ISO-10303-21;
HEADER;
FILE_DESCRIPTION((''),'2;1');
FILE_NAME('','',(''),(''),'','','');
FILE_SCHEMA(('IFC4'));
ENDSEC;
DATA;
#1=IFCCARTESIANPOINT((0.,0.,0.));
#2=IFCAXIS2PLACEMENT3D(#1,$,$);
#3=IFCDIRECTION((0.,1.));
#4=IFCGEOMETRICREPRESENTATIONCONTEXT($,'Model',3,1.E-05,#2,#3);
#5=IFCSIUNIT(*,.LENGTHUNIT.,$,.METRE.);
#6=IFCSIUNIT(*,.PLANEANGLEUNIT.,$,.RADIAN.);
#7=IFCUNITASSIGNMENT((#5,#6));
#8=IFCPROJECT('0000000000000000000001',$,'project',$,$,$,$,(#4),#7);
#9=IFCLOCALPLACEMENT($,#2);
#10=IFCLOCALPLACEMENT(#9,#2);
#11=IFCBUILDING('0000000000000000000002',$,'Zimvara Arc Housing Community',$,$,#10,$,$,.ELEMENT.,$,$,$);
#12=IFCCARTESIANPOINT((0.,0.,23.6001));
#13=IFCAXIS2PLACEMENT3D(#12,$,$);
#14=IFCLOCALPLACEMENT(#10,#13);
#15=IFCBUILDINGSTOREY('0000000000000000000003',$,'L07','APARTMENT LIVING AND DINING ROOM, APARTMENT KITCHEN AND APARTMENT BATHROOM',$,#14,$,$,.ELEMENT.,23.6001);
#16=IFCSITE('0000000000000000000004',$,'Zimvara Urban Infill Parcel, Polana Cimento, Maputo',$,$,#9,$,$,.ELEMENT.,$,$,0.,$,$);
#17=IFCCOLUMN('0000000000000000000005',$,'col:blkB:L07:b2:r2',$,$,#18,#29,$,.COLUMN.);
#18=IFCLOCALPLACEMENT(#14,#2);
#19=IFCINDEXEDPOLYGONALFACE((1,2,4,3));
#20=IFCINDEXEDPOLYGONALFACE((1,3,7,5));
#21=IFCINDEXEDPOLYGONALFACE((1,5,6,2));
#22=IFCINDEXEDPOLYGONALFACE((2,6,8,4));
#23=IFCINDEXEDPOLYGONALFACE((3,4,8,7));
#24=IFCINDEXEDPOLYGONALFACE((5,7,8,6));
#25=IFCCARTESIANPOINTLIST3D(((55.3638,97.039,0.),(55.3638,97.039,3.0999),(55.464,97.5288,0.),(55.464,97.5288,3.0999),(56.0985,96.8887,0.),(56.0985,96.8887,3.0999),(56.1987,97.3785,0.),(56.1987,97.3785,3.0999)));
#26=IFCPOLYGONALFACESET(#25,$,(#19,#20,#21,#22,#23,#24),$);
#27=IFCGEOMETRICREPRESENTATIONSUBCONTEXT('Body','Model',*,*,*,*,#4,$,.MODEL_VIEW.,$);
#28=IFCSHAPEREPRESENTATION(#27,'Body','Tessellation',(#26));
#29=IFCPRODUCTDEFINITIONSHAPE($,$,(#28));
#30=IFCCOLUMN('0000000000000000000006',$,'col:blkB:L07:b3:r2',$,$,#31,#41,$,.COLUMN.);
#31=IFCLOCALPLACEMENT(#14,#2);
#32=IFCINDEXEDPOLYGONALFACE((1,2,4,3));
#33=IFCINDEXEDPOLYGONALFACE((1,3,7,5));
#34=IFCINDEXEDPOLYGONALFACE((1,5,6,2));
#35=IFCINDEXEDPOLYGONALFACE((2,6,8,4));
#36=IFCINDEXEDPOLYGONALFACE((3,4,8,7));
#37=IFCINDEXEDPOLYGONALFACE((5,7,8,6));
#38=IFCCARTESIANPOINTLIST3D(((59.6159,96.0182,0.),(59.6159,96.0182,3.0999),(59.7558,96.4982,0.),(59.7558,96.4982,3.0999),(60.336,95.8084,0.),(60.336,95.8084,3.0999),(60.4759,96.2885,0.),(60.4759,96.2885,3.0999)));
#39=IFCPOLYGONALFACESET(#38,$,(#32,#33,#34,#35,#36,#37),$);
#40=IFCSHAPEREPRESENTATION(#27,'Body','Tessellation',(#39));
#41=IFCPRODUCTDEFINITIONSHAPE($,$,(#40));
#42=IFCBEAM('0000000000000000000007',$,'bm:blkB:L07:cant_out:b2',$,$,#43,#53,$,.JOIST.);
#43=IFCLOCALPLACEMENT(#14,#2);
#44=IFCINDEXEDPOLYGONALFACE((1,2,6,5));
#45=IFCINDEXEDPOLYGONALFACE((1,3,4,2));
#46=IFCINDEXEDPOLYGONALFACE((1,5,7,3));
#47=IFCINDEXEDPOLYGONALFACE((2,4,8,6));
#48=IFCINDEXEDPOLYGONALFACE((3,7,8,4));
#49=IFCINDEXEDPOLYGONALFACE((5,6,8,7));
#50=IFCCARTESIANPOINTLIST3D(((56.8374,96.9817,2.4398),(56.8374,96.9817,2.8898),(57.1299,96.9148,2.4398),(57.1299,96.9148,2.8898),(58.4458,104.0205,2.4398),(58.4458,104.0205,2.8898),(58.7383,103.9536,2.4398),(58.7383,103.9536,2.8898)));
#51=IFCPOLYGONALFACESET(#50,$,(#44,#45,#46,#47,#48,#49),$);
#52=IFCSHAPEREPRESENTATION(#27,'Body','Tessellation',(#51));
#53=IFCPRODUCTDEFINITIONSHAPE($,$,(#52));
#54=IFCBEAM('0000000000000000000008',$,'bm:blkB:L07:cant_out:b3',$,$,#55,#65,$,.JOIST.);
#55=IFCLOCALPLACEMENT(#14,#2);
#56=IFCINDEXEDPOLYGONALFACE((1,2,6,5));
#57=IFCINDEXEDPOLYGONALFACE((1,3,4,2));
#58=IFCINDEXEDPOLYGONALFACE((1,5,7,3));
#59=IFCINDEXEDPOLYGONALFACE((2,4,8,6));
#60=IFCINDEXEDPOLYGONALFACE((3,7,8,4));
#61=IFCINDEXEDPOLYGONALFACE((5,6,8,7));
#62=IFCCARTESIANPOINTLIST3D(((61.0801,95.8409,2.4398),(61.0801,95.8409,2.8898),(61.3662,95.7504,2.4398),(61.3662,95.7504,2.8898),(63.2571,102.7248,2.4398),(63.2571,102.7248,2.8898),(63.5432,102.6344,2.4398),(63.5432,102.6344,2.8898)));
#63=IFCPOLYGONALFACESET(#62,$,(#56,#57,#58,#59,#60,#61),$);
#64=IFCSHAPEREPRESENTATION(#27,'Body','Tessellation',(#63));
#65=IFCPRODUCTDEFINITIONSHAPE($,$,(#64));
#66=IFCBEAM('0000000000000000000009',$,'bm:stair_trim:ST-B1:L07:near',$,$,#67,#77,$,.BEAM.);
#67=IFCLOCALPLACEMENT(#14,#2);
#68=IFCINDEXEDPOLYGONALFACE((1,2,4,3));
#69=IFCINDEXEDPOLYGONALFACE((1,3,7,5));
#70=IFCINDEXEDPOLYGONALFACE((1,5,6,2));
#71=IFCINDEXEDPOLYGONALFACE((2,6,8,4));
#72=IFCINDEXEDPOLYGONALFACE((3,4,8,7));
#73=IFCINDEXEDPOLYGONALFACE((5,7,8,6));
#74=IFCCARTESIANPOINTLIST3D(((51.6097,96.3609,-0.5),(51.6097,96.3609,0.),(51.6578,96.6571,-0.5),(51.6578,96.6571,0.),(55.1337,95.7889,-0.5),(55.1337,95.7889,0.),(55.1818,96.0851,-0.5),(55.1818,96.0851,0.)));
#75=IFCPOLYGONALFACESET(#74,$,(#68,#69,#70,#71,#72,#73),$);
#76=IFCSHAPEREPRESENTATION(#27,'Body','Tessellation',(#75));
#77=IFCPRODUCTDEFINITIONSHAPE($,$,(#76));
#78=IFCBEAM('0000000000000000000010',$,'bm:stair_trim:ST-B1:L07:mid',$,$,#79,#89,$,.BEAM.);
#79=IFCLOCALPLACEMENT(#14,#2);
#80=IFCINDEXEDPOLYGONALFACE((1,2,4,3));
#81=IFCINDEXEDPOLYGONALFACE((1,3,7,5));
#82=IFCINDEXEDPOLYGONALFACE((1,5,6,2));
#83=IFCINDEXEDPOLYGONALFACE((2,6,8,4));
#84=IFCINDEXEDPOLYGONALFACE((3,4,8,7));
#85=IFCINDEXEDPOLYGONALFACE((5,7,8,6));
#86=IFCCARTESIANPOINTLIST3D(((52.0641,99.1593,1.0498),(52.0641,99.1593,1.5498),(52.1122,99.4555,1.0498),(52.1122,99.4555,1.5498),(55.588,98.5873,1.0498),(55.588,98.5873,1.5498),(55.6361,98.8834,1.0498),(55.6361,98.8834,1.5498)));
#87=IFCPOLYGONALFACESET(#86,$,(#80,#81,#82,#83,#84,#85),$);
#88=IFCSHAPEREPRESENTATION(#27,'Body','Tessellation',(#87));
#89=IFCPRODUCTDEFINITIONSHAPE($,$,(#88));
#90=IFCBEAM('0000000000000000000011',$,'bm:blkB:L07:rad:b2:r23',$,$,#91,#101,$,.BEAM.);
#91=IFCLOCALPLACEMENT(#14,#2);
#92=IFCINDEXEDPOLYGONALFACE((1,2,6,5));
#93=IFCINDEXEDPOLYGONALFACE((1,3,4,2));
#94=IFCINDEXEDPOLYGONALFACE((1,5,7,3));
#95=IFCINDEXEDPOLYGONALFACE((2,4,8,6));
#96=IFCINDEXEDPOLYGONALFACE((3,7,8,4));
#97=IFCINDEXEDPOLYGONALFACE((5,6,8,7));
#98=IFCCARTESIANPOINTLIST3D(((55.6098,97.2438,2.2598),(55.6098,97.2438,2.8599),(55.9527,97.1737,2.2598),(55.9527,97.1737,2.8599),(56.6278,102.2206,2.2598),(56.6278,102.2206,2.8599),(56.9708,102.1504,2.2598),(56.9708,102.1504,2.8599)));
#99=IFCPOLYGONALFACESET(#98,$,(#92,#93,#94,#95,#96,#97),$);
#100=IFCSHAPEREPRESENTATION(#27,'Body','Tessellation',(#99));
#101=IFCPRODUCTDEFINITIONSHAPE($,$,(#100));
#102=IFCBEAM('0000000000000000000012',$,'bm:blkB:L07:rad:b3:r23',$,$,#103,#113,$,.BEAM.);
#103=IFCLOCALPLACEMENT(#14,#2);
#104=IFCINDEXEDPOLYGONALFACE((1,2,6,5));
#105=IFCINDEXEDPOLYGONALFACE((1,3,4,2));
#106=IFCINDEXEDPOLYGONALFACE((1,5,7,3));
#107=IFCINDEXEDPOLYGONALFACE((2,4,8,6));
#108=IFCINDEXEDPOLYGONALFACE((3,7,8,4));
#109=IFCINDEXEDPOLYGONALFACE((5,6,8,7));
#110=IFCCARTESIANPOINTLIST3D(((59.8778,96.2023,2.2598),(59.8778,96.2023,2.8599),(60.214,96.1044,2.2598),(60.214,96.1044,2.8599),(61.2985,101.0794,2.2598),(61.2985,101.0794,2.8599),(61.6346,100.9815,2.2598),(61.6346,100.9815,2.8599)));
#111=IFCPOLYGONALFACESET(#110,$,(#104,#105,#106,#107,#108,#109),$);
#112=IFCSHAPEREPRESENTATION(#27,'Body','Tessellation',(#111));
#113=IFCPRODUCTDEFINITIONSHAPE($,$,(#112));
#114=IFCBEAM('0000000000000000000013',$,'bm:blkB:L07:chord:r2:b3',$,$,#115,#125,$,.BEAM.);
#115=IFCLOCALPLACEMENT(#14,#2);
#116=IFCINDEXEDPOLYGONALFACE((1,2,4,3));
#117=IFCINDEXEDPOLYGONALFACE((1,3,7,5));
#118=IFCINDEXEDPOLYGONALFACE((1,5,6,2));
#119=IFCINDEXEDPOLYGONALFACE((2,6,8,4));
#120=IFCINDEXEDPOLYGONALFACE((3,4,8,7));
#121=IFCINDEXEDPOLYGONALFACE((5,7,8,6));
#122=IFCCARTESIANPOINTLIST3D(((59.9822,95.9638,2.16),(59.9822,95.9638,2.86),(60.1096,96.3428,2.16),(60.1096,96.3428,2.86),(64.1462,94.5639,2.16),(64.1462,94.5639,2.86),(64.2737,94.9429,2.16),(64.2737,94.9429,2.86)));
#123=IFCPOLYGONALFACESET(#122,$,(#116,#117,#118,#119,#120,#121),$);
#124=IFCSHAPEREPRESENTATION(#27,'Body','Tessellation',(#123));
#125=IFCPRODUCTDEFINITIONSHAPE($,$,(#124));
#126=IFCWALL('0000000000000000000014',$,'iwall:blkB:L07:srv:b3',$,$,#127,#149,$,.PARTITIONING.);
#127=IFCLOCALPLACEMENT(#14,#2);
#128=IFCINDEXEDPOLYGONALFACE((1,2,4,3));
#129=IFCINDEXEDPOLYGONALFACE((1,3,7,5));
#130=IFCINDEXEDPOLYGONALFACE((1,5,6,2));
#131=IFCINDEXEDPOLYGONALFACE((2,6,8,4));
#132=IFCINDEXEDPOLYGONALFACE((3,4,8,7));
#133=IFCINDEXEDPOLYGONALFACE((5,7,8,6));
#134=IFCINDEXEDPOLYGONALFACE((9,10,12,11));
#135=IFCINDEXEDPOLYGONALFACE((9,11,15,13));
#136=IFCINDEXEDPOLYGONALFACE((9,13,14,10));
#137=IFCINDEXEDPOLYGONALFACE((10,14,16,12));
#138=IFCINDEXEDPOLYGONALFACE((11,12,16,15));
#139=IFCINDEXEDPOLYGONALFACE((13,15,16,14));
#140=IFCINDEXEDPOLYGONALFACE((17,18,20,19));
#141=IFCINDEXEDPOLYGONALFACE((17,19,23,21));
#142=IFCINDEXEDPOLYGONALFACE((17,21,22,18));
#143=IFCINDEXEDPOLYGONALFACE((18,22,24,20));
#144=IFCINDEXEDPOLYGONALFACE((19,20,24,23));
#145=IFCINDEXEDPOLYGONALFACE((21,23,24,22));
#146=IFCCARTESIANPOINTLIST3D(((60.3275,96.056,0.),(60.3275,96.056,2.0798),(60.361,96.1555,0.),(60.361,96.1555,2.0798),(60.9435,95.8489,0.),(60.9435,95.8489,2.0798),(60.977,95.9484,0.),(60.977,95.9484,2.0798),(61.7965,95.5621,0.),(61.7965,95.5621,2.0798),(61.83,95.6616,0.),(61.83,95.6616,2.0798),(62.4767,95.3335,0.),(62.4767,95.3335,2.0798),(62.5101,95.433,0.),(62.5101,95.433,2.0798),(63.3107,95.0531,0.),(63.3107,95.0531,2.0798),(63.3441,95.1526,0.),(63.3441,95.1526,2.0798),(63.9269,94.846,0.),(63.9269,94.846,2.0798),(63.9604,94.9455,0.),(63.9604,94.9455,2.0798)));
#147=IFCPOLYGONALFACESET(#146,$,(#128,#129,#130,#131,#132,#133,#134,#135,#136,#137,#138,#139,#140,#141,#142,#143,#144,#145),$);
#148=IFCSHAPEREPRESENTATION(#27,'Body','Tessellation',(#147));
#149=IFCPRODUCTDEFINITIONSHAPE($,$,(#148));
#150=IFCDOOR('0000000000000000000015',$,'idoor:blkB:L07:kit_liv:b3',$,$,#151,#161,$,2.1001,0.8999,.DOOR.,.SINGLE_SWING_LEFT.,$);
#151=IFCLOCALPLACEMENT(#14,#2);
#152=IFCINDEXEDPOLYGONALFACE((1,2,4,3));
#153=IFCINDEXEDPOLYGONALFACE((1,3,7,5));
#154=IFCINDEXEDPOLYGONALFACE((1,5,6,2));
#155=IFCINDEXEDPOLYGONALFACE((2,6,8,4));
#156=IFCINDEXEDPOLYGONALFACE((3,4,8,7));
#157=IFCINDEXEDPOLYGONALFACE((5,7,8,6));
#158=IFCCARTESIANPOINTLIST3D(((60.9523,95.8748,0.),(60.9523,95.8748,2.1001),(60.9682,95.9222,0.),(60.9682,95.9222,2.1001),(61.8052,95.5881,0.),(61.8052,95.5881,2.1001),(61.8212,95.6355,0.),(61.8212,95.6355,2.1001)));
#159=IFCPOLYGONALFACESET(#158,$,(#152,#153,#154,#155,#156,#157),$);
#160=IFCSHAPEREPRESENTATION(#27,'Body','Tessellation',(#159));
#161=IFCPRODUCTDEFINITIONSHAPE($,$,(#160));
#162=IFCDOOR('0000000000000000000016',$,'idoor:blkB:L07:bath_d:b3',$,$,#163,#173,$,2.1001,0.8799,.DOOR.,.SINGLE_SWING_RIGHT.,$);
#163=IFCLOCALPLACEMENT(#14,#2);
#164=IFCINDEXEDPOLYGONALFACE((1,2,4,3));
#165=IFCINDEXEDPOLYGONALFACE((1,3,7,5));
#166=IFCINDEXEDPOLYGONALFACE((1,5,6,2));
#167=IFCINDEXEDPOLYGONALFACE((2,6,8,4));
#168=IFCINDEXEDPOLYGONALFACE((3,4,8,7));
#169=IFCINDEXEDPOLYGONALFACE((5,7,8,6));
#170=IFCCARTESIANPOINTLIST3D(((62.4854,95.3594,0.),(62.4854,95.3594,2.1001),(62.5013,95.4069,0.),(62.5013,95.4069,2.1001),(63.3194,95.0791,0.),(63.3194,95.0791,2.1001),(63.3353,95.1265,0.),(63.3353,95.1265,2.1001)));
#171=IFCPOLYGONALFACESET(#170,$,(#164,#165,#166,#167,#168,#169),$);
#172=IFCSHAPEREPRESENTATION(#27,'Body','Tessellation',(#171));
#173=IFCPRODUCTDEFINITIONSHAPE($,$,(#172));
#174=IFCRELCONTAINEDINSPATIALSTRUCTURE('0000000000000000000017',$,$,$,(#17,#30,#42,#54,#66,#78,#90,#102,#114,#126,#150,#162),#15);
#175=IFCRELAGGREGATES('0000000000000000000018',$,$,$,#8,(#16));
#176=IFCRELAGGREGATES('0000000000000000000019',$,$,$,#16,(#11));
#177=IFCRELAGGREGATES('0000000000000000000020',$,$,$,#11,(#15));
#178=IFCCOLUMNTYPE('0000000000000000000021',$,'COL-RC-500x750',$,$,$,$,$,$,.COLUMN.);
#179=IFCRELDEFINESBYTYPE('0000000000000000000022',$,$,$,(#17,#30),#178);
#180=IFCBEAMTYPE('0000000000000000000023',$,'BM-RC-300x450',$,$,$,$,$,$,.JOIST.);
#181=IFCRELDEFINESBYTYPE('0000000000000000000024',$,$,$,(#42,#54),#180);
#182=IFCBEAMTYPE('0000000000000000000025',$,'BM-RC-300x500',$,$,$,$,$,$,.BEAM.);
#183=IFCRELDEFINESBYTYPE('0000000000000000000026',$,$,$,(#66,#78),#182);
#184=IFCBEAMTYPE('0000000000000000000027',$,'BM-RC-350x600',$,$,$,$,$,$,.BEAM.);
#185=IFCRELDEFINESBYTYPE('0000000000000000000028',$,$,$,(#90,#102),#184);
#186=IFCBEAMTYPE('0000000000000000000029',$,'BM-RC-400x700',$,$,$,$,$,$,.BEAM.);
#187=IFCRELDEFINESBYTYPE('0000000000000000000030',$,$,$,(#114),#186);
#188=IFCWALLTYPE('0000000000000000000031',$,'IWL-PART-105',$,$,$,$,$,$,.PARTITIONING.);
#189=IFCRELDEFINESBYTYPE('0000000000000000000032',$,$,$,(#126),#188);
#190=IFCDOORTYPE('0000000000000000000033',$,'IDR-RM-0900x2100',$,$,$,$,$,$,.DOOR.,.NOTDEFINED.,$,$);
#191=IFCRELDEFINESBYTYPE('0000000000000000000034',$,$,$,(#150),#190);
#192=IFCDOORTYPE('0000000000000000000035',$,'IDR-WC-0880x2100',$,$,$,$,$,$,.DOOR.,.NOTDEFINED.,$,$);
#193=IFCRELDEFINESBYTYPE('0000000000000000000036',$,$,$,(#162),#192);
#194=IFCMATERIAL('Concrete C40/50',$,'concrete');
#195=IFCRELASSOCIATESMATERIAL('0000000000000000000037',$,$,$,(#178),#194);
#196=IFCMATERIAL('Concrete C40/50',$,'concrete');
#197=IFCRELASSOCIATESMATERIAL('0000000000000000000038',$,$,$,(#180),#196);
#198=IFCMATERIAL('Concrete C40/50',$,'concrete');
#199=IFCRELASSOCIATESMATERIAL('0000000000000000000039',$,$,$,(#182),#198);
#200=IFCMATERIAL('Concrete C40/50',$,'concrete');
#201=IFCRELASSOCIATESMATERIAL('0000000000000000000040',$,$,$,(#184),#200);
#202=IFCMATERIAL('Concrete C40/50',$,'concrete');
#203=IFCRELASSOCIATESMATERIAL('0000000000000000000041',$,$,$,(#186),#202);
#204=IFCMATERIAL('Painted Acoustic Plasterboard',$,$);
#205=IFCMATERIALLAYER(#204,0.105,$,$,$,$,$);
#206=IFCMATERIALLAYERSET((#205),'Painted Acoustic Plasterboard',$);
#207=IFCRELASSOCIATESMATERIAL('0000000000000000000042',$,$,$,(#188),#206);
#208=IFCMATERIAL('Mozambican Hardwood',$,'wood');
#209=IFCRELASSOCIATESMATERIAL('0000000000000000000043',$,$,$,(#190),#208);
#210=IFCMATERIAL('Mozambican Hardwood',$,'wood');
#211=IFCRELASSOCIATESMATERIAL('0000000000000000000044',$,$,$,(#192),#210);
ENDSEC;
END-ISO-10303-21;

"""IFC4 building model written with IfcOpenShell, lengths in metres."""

from ifc_helpers import new_model, si_unit, direction, frame, frame_2d, origin, origin_2d, place, context, subcontext, project, spatial, rectangle, extrude, material, layer, layer_set, material_profile, profile_set, type_object, element, fill, save


model = new_model("IFC4")

# Units and contexts
model_context = context("Model", 3, precision=1e-05, world=origin(), true_north=direction((0.0, 1.0)))
body_context = subcontext(model_context, "Body", "Model", "MODEL_VIEW")
ifc_project = project(units=[si_unit("LENGTHUNIT", "METRE"), si_unit("PLANEANGLEUNIT", "RADIAN")], contexts=[model_context])

# Site, building, storey
site_placement = place(None, origin())
site = spatial("IfcSite", under=ifc_project, at=site_placement, Name="Zimvara Urban Infill Parcel, Polana Cimento, Maputo", CompositionType="ELEMENT", RefElevation=0.0)
building_placement = place(site_placement, origin())
building = spatial("IfcBuilding", under=site, at=building_placement, Name="Zimvara Arc Housing Community", CompositionType="ELEMENT")
storey_placement = place(building_placement, frame((0.0, 0.0, 23.6001)))
storey = spatial("IfcBuildingStorey", under=building, at=storey_placement, Name="L07", Description="APARTMENT LIVING AND DINING ROOM, APARTMENT KITCHEN AND APARTMENT BATHROOM", CompositionType="ELEMENT", Elevation=23.6001)

# Columns
ifc_material_1 = material(Name="Concrete C40/50", Category="concrete")
ifc_material_profile_1 = material_profile(ifc_material_1, rectangle(XDim=0.5, YDim=0.75, at=origin_2d()), Name="RC 500x750")
ifc_profile_set_1 = profile_set([ifc_material_profile_1], Name="Concrete C40/50")
column_type = type_object("IfcColumnType", Name="COL-RC-500x750", PredefinedType="COLUMN", material=ifc_profile_set_1)
for number, where, z_axis, x_axis, name in (
    (1, (55.7812, 97.2087, 0.0), (0.0, 0.0, 1.0), (0.200394, 0.979715, 0.0), "col:blkB:L07:b2:r2"),
    (2, (60.0459, 96.1533, 0.0), (0.0, 0.0, 1.0), (0.279661, 0.960099, 0.0), "col:blkB:L07:b3:r2"),
):
    element("IfcColumn", number, at=place(storey_placement, frame(where, z_axis=z_axis, x_axis=x_axis)), inside=storey, type_object=column_type, Name=name, PredefinedType="COLUMN", context=body_context, shape_type="SweptSolid", body=[
        extrude(rectangle(XDim=0.5, YDim=0.75, at=origin_2d()), origin(), (0.0, 0.0, 1.0), 3.0999),
    ])

# Beams
ifc_material_2 = material(Name="Concrete C40/50", Category="concrete")
ifc_material_profile_2 = material_profile(ifc_material_2, rectangle(XDim=0.3, YDim=0.45, at=origin_2d()), Name="RC 300x450")
ifc_profile_set_2 = profile_set([ifc_material_profile_2], Name="Concrete C40/50")
beam_type_1 = type_object("IfcBeamType", Name="BM-RC-300x450", PredefinedType="JOIST", material=ifc_profile_set_2)
beam_1_placement = place(storey_placement, frame((56.9836, 96.9482, 2.6648), z_axis=(0.222762, 0.974873, 0.0), x_axis=(-0.974873, 0.222762, 0.0)))
element("IfcBeam", 3, at=beam_1_placement, inside=storey, type_object=beam_type_1, Name="bm:blkB:L07:cant_out:b2", PredefinedType="JOIST", context=body_context, shape_type="SweptSolid", body=[
    extrude(rectangle(XDim=0.3, YDim=0.45, at=origin_2d()), origin(), (0.0, 0.0, 1.0), 7.2202),
])
beam_2_placement = place(storey_placement, frame((61.2231, 95.7957, 2.6648), z_axis=(0.301521, 0.953459, 0.0), x_axis=(-0.953459, 0.301521, 0.0)))
element("IfcBeam", 4, at=beam_2_placement, inside=storey, type_object=beam_type_1, Name="bm:blkB:L07:cant_out:b3", PredefinedType="JOIST", context=body_context, shape_type="SweptSolid", body=[
    extrude(rectangle(XDim=0.3, YDim=0.45, at=origin_2d()), origin(), (0.0, 0.0, 1.0), 7.22),
])
ifc_material_3 = material(Name="Concrete C40/50", Category="concrete")
ifc_material_profile_3 = material_profile(ifc_material_3, rectangle(XDim=0.3, YDim=0.5, at=origin_2d()), Name="RC 300x500")
ifc_profile_set_3 = profile_set([ifc_material_profile_3], Name="Concrete C40/50")
beam_type_2 = type_object("IfcBeamType", Name="BM-RC-300x500", PredefinedType="BEAM", material=ifc_profile_set_3)
for number, where, z_axis, x_axis, name in (
    (5, (55.1577, 95.937, -0.25), (-0.98708, 0.160228, 0.0), (-0.160228, -0.98708, 0.0), "bm:stair_trim:ST-B1:L07:near"),
    (6, (55.6121, 98.7354, 1.2998), (-0.98708, 0.160228, 0.0), (-0.160228, -0.98708, 0.0), "bm:stair_trim:ST-B1:L07:mid"),
):
    element("IfcBeam", number, at=place(storey_placement, frame(where, z_axis=z_axis, x_axis=x_axis)), inside=storey, type_object=beam_type_2, Name=name, PredefinedType="BEAM", context=body_context, shape_type="SweptSolid", body=[
        extrude(rectangle(XDim=0.3, YDim=0.5, at=origin_2d()), origin(), (0.0, 0.0, 1.0), 3.5701),
    ])
ifc_material_4 = material(Name="Concrete C40/50", Category="concrete")
ifc_material_profile_4 = material_profile(ifc_material_4, rectangle(XDim=0.3501, YDim=0.6001, at=origin_2d()), Name="RC 350x600")
ifc_profile_set_4 = profile_set([ifc_material_profile_4], Name="Concrete C40/50")
beam_type_3 = type_object("IfcBeamType", Name="BM-RC-350x600", PredefinedType="BEAM", material=ifc_profile_set_4)
for number, where, z_axis, x_axis, name in (
    (7, (55.7812, 97.2087, 2.5598), (0.200412, 0.979712, 0.0), (-0.979712, 0.200412, 0.0), "bm:blkB:L07:rad:b2:r23"),
    (8, (60.0459, 96.1533, 2.5598), (0.279662, 0.960098, 0.0), (-0.960098, 0.279662, 0.0), "bm:blkB:L07:rad:b3:r23"),
):
    element("IfcBeam", number, at=place(storey_placement, frame(where, z_axis=z_axis, x_axis=x_axis)), inside=storey, type_object=beam_type_3, Name=name, PredefinedType="BEAM", context=body_context, shape_type="SweptSolid", body=[
        extrude(rectangle(XDim=0.3501, YDim=0.6001, at=origin_2d()), origin(), (0.0, 0.0, 1.0), 5.0798),
    ])
ifc_material_5 = material(Name="Concrete C40/50", Category="concrete")
ifc_material_profile_5 = material_profile(ifc_material_5, rectangle(XDim=0.3999, YDim=0.7, at=origin_2d()), Name="RC 400x700")
ifc_profile_set_5 = profile_set([ifc_material_profile_5], Name="Concrete C40/50")
beam_type_4 = type_object("IfcBeamType", Name="BM-RC-400x700", PredefinedType="BEAM", material=ifc_profile_set_5)
beam_3_placement = place(storey_placement, frame((60.0459, 96.1533, 2.51), z_axis=(0.947869, -0.318661, 0.0), x_axis=(0.318661, 0.947869, 0.0)))
element("IfcBeam", 9, at=beam_3_placement, inside=storey, type_object=beam_type_4, Name="bm:blkB:L07:chord:r2:b3", PredefinedType="BEAM", context=body_context, shape_type="SweptSolid", body=[
    extrude(rectangle(XDim=0.3999, YDim=0.7, at=origin_2d()), origin(), (0.0, 0.0, 1.0), 4.3931),
])

# Wall, openings, doors
ifc_material_6 = material(Name="Painted Acoustic Plasterboard")
ifc_layer_1 = layer(ifc_material_6, 0.105)
ifc_layer_set_1 = layer_set([ifc_layer_1], Name="Painted Acoustic Plasterboard")
wall_type_1 = type_object("IfcWallType", Name="IWL-PART-105", PredefinedType="PARTITIONING", material=ifc_layer_set_1)
wall_1_placement = place(storey_placement, frame((60.3442, 96.1057, 0.0), z_axis=(0.0, 0.0, 1.0), x_axis=(0.947877, -0.318638, 0.0)))
wall_1 = element("IfcWall", 10, at=wall_1_placement, inside=storey, type_object=wall_type_1, Name="iwall:blkB:L07:srv:b3", PredefinedType="PARTITIONING", context=body_context, shape_type="SweptSolid", body=[
    extrude(rectangle(XDim=3.7974, YDim=0.105, at=frame_2d((1.8987, 0.0))), origin(), (0.0, 0.0, 1.0), 2.0798),
])
opening_1_placement = place(wall_1_placement, frame((0.6499, 0.0, 0.0)))
opening_1 = element("IfcOpeningElement", 11, at=opening_1_placement, cuts=wall_1, PredefinedType="OPENING", context=body_context, shape_type="SweptSolid", body=[
    extrude(rectangle(XDim=0.8999, YDim=2.1001, at=frame_2d((0.45, 1.05))), frame((0.0, 0.0625, 0.0), z_axis=(0.0, -1.0, 0.0), x_axis=(1.0, 0.0, 0.0)), (0.0, 0.0, 1.0), 0.125),
])
opening_2_placement = place(wall_1_placement, frame((2.2673, 0.0, 0.0)))
opening_2 = element("IfcOpeningElement", 12, at=opening_2_placement, cuts=wall_1, PredefinedType="OPENING", context=body_context, shape_type="SweptSolid", body=[
    extrude(rectangle(XDim=0.8799, YDim=2.1001, at=frame_2d((0.4399, 1.05))), frame((0.0, 0.0625, 0.0), z_axis=(0.0, -1.0, 0.0), x_axis=(1.0, 0.0, 0.0)), (0.0, 0.0, 1.0), 0.125),
])
ifc_material_7 = material(Name="Mozambican Hardwood", Category="wood")
door_type_1 = type_object("IfcDoorType", Name="IDR-RM-0900x2100", OperationType="NOTDEFINED", PredefinedType="DOOR", material=ifc_material_7)
door_1_placement = place(opening_1_placement, origin())
door_1 = element("IfcDoor", 13, at=door_1_placement, inside=storey, type_object=door_type_1, Name="idoor:blkB:L07:kit_liv:b3", OperationType="SINGLE_SWING_LEFT", OverallHeight=2.1001, OverallWidth=0.8999, PredefinedType="DOOR", context=body_context, shape_type="SweptSolid", body=[
    extrude(rectangle(XDim=0.8999, YDim=2.1001, at=frame_2d((0.45, 1.05))), frame((0.0, 0.0249, 0.0), z_axis=(0.0, -1.0, 0.0), x_axis=(1.0, 0.0, 0.0)), (0.0, 0.0, 1.0), 0.05),
])
fill(opening_1, door_1)
ifc_material_8 = material(Name="Mozambican Hardwood", Category="wood")
door_type_2 = type_object("IfcDoorType", Name="IDR-WC-0880x2100", OperationType="NOTDEFINED", PredefinedType="DOOR", material=ifc_material_8)
door_2_placement = place(opening_2_placement, origin())
door_2 = element("IfcDoor", 14, at=door_2_placement, inside=storey, type_object=door_type_2, Name="idoor:blkB:L07:bath_d:b3", OperationType="SINGLE_SWING_RIGHT", OverallHeight=2.1001, OverallWidth=0.8799, PredefinedType="DOOR", context=body_context, shape_type="SweptSolid", body=[
    extrude(rectangle(XDim=0.8799, YDim=2.1001, at=frame_2d((0.4399, 1.05))), frame((0.0, 0.0249, 0.0), z_axis=(0.0, -1.0, 0.0), x_axis=(1.0, 0.0, 0.0)), (0.0, 0.0, 1.0), 0.05),
])
fill(opening_2, door_2)

save(model, "model.ifc")
